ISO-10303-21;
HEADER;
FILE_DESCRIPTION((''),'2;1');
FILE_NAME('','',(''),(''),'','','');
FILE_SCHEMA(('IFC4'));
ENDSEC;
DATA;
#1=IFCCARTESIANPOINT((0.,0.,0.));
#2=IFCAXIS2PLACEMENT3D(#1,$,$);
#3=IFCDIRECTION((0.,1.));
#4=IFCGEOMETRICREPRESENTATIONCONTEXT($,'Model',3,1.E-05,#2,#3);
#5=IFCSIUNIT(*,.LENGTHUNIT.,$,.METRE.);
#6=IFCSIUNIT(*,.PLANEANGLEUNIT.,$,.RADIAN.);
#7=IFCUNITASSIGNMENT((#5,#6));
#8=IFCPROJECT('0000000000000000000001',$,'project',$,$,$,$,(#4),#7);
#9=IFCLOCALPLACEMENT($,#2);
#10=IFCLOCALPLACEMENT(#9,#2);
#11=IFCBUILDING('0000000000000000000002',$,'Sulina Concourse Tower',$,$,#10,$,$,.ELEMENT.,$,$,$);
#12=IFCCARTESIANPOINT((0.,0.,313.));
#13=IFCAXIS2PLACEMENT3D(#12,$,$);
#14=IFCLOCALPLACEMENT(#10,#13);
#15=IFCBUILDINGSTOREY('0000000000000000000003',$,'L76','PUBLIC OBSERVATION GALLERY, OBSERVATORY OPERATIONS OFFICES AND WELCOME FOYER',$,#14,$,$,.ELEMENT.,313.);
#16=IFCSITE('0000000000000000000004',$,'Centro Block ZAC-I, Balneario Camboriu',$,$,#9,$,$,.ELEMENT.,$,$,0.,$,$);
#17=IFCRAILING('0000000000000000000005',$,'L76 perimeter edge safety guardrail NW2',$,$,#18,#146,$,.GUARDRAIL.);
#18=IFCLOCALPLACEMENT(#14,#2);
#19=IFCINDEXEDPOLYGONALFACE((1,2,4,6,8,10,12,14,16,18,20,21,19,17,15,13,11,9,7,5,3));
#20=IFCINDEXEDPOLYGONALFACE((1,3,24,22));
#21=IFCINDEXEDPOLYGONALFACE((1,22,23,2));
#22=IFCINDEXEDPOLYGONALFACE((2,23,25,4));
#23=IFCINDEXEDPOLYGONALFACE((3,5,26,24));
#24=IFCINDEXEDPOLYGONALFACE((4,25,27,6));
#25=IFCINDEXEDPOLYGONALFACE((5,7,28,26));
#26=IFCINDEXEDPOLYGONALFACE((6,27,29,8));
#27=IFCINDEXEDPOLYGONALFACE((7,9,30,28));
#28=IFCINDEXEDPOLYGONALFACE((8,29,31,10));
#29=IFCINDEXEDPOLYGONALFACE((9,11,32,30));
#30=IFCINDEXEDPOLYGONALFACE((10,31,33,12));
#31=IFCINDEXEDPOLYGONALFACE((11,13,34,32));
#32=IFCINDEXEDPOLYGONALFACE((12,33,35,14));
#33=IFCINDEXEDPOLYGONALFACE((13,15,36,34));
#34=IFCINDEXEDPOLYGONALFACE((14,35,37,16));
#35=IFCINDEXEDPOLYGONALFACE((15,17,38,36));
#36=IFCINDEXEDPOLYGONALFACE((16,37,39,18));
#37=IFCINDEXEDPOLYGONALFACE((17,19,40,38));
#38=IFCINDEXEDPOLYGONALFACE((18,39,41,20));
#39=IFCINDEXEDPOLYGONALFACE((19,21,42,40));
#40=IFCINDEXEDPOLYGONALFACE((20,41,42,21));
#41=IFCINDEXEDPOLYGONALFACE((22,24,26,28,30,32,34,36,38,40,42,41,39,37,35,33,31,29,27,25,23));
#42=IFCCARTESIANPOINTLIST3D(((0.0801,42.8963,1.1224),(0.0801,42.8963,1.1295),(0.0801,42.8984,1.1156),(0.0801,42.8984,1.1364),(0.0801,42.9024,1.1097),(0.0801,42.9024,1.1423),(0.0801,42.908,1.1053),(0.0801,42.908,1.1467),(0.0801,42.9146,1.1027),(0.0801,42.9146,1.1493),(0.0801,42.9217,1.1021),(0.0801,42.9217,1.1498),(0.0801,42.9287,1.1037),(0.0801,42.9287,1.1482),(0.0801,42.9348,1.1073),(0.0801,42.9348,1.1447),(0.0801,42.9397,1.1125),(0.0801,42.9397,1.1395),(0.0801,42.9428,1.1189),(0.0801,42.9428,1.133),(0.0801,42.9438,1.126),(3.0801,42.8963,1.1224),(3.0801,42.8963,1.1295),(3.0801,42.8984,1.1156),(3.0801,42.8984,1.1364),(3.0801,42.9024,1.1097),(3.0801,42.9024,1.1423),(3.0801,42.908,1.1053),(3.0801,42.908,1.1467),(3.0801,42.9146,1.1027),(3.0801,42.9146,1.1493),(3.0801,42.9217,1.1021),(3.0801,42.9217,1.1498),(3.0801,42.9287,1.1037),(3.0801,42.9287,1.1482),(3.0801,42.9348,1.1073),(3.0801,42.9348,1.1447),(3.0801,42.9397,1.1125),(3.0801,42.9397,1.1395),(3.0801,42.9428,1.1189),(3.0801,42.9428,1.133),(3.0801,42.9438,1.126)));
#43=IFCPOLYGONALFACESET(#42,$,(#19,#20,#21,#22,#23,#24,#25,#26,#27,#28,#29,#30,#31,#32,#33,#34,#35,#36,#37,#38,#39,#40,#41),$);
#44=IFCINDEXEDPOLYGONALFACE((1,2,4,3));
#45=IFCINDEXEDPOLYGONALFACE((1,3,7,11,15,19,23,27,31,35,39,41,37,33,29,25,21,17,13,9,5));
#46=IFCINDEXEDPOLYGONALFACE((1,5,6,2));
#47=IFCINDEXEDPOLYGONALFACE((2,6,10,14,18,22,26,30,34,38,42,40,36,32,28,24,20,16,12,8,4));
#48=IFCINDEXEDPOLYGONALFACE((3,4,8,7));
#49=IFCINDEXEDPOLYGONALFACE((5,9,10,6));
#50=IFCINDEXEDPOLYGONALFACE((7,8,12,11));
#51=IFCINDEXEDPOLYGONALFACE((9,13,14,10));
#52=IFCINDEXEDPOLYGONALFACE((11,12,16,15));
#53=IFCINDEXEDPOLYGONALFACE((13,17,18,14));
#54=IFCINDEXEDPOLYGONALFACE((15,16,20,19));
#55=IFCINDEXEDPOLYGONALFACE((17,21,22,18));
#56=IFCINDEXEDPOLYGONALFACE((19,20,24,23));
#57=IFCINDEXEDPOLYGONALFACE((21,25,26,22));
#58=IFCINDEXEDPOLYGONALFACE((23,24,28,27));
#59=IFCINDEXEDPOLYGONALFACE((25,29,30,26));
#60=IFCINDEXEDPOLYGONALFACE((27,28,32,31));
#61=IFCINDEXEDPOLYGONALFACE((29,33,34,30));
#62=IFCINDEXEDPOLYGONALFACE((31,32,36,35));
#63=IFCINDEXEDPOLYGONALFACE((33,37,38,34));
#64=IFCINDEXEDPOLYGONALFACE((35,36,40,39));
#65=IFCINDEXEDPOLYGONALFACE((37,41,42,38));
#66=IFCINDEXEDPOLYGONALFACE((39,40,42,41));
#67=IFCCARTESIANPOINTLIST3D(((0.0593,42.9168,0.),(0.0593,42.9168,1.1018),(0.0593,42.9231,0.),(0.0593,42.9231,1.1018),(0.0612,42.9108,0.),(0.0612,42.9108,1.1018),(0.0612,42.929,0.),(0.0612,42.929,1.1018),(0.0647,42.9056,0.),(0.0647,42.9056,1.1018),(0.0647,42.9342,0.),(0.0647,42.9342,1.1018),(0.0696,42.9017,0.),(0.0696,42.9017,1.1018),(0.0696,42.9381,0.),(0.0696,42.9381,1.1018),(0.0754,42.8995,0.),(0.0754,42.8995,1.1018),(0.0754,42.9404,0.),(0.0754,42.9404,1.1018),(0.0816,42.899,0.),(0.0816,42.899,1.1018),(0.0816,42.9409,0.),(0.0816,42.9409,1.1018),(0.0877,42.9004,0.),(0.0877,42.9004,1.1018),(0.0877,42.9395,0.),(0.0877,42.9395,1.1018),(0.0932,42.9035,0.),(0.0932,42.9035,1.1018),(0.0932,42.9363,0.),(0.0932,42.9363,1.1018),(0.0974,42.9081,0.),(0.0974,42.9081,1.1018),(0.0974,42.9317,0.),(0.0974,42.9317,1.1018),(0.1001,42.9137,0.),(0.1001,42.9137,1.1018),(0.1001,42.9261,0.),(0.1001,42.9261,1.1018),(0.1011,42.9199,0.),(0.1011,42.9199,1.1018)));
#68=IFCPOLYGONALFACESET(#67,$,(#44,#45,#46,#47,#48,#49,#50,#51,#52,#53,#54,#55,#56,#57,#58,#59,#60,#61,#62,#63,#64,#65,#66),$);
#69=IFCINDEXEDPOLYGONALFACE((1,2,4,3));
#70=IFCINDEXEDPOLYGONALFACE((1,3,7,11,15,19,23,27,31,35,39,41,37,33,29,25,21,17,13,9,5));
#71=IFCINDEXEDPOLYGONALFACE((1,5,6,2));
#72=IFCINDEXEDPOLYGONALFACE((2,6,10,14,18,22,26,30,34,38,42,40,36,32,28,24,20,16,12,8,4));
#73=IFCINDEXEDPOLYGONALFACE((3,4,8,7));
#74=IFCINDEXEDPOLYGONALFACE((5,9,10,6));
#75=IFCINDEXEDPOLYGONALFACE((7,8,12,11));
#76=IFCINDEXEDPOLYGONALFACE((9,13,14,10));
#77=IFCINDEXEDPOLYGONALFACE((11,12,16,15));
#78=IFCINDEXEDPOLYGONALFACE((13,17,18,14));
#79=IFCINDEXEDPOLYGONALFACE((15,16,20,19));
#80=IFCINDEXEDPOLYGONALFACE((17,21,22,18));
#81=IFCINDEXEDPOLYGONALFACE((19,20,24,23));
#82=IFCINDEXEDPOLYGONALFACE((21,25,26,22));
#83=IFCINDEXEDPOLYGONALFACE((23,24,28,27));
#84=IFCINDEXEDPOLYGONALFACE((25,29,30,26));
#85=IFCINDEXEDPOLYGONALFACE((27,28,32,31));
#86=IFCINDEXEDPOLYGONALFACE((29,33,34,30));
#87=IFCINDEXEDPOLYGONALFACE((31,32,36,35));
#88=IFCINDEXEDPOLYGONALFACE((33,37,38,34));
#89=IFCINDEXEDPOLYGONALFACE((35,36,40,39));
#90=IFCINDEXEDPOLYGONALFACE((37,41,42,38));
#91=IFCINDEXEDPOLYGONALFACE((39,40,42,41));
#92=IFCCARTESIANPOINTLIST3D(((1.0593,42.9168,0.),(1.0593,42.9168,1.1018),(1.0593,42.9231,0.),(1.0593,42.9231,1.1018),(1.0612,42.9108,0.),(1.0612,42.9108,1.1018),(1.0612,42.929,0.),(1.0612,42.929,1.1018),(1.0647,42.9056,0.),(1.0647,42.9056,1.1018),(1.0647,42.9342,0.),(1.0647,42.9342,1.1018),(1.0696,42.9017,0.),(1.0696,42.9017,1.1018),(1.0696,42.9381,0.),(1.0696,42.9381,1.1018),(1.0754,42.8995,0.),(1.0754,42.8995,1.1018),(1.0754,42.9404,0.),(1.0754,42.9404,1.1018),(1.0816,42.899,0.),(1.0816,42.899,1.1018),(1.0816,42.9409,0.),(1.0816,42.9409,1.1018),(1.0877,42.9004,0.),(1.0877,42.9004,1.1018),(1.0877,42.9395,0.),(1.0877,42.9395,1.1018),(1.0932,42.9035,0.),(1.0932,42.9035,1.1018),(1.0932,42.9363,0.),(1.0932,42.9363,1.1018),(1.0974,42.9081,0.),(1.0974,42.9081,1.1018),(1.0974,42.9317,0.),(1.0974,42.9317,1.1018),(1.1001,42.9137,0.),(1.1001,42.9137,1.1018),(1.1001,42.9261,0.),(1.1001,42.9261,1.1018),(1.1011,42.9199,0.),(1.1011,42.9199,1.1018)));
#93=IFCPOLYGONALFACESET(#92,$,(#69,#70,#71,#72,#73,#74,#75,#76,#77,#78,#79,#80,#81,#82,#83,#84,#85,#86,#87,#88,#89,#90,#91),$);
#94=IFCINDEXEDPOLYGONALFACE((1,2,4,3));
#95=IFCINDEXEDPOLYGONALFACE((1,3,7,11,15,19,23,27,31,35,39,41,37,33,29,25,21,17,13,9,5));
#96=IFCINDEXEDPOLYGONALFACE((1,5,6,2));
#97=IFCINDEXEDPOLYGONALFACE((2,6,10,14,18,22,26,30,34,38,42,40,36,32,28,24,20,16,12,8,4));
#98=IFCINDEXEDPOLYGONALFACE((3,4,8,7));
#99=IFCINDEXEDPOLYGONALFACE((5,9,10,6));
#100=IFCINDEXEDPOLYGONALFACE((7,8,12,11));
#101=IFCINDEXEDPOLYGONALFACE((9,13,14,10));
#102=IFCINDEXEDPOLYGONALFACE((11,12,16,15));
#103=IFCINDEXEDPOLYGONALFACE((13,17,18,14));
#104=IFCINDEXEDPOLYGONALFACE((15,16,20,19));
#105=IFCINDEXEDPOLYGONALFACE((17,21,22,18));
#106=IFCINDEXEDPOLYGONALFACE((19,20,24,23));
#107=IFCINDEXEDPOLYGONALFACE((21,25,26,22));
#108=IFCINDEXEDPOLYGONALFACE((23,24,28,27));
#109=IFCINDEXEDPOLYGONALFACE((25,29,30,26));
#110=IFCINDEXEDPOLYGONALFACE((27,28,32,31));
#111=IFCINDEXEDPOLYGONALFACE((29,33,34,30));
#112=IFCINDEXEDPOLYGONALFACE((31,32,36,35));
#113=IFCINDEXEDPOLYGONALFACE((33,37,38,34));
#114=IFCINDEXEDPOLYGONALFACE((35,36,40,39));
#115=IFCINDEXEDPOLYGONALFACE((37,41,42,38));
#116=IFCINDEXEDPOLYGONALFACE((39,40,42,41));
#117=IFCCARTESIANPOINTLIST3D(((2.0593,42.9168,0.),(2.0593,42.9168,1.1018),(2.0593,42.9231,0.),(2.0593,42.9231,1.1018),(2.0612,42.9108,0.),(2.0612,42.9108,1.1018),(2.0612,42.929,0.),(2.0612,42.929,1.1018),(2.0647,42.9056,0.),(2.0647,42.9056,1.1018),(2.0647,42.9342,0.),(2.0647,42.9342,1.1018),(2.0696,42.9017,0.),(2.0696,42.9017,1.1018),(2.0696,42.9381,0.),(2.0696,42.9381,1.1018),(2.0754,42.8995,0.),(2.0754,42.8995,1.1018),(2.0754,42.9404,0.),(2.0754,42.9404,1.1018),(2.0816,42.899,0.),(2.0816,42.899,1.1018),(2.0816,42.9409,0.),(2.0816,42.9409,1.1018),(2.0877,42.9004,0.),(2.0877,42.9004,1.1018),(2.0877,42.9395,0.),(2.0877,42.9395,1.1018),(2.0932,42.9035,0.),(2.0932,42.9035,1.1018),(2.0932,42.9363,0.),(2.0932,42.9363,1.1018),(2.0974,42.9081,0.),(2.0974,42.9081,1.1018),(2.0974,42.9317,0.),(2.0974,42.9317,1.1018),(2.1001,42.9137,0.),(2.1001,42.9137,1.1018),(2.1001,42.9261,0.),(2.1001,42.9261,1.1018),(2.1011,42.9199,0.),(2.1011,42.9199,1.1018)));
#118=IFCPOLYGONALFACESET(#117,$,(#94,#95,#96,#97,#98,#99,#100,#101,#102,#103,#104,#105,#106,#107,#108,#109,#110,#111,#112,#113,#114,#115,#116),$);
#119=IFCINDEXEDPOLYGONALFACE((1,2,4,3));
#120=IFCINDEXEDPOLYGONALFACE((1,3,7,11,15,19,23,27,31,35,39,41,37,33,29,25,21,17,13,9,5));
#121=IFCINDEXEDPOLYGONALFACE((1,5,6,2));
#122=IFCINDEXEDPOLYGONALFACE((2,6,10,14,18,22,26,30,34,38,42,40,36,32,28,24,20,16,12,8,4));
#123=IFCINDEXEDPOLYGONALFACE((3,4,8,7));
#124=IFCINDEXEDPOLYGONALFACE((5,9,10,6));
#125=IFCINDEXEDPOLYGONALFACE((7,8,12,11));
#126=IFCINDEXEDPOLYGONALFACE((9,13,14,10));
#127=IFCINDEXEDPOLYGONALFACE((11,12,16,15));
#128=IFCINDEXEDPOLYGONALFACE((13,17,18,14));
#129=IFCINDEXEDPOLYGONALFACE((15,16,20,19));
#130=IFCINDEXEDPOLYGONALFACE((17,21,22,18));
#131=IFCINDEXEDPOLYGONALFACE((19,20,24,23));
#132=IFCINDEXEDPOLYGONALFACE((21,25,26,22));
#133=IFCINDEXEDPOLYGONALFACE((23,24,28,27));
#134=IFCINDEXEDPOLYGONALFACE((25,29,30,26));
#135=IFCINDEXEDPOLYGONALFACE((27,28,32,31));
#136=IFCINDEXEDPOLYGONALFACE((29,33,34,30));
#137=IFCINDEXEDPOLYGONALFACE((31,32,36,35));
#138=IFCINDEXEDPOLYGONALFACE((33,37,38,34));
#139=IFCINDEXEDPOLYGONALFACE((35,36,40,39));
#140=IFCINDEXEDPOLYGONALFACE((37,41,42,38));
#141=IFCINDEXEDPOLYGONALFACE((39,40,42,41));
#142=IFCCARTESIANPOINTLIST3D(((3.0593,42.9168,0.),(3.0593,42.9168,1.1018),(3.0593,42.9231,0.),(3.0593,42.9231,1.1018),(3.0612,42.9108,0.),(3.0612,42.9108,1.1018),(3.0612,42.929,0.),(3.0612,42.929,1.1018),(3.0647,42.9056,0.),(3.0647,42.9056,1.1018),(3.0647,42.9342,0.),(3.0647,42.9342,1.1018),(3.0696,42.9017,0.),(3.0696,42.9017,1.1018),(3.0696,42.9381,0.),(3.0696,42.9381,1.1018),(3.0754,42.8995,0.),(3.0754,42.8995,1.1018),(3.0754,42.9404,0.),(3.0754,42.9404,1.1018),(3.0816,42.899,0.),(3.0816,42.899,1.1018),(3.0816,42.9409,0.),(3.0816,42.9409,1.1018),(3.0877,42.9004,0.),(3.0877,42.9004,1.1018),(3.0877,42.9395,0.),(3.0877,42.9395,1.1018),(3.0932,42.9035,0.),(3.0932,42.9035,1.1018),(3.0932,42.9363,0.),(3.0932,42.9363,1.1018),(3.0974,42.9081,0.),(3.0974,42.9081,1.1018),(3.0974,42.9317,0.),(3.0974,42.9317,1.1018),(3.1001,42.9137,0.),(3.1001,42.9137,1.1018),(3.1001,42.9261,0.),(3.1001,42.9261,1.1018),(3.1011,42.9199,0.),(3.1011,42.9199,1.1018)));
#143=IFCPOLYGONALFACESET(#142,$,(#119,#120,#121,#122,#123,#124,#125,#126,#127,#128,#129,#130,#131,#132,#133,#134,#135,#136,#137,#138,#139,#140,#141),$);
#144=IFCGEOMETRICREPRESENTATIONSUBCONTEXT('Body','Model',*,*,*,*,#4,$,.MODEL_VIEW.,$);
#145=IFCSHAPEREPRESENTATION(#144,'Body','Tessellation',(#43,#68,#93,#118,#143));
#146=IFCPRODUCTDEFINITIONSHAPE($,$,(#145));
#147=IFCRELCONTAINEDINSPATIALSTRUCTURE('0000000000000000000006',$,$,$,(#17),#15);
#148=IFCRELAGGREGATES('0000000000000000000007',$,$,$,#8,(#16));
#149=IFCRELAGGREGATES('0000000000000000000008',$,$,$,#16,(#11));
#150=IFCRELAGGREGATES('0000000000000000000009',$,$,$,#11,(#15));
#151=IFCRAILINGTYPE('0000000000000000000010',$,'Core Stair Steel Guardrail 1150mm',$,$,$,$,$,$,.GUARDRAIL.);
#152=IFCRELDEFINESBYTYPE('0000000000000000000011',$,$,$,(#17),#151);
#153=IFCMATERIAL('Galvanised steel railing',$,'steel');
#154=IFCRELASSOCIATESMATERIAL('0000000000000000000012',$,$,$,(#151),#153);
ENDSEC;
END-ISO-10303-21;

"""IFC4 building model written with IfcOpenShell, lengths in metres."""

from ifc_helpers import new_model, si_unit, direction, frame, origin, origin_2d, place, context, subcontext, project, spatial, circle, extrude, material, type_object, element, save


model = new_model("IFC4")

# Units and contexts
model_context = context("Model", 3, precision=1e-05, world=origin(), true_north=direction((0.0, 1.0)))
body_context = subcontext(model_context, "Body", "Model", "MODEL_VIEW")
ifc_project = project(units=[si_unit("LENGTHUNIT", "METRE"), si_unit("PLANEANGLEUNIT", "RADIAN")], contexts=[model_context])

# Site, building, storey
site_placement = place(None, origin())
site = spatial("IfcSite", under=ifc_project, at=site_placement, Name="Centro Block ZAC-I, Balneario Camboriu", CompositionType="ELEMENT", RefElevation=0.0)
building_placement = place(site_placement, origin())
building = spatial("IfcBuilding", under=site, at=building_placement, Name="Sulina Concourse Tower", CompositionType="ELEMENT")
storey_placement = place(building_placement, frame((0.0, 0.0, 313.0)))
storey = spatial("IfcBuildingStorey", under=building, at=storey_placement, Name="L76", Description="PUBLIC OBSERVATION GALLERY, OBSERVATORY OPERATIONS OFFICES AND WELCOME FOYER", CompositionType="ELEMENT", Elevation=313.0)

# Railing
ifc_material_1 = material(Name="Galvanised steel railing", Category="steel")
railing_type_1 = type_object("IfcRailingType", Name="Core Stair Steel Guardrail 1150mm", PredefinedType="GUARDRAIL", material=ifc_material_1)
railing_1_placement = place(storey_placement, frame((0.0801, 42.9199, 0.0)))
element("IfcRailing", 1, at=railing_1_placement, inside=storey, type_object=railing_type_1, Name="L76 perimeter edge safety guardrail NW2", PredefinedType="GUARDRAIL", context=body_context, shape_type="SweptSolid", body=[
    extrude(circle(Radius=0.0239, at=origin_2d()), frame((0.0, 0.0, 1.126), z_axis=(1.0, 0.0, 0.0), x_axis=(0.0, 1.0, 0.0)), (0.0, 0.0, 1.0), 3.0),
    extrude(circle(Radius=0.021, at=origin_2d()), origin(), (0.0, 0.0, 1.0), 1.1018),
    extrude(circle(Radius=0.021, at=origin_2d()), frame((1.0, 0.0, 0.0)), (0.0, 0.0, 1.0), 1.1018),
    extrude(circle(Radius=0.021, at=origin_2d()), frame((2.0, 0.0, 0.0)), (0.0, 0.0, 1.0), 1.1018),
    extrude(circle(Radius=0.021, at=origin_2d()), frame((3.0, 0.0, 0.0)), (0.0, 0.0, 1.0), 1.1018),
])

save(model, "model.ifc")
